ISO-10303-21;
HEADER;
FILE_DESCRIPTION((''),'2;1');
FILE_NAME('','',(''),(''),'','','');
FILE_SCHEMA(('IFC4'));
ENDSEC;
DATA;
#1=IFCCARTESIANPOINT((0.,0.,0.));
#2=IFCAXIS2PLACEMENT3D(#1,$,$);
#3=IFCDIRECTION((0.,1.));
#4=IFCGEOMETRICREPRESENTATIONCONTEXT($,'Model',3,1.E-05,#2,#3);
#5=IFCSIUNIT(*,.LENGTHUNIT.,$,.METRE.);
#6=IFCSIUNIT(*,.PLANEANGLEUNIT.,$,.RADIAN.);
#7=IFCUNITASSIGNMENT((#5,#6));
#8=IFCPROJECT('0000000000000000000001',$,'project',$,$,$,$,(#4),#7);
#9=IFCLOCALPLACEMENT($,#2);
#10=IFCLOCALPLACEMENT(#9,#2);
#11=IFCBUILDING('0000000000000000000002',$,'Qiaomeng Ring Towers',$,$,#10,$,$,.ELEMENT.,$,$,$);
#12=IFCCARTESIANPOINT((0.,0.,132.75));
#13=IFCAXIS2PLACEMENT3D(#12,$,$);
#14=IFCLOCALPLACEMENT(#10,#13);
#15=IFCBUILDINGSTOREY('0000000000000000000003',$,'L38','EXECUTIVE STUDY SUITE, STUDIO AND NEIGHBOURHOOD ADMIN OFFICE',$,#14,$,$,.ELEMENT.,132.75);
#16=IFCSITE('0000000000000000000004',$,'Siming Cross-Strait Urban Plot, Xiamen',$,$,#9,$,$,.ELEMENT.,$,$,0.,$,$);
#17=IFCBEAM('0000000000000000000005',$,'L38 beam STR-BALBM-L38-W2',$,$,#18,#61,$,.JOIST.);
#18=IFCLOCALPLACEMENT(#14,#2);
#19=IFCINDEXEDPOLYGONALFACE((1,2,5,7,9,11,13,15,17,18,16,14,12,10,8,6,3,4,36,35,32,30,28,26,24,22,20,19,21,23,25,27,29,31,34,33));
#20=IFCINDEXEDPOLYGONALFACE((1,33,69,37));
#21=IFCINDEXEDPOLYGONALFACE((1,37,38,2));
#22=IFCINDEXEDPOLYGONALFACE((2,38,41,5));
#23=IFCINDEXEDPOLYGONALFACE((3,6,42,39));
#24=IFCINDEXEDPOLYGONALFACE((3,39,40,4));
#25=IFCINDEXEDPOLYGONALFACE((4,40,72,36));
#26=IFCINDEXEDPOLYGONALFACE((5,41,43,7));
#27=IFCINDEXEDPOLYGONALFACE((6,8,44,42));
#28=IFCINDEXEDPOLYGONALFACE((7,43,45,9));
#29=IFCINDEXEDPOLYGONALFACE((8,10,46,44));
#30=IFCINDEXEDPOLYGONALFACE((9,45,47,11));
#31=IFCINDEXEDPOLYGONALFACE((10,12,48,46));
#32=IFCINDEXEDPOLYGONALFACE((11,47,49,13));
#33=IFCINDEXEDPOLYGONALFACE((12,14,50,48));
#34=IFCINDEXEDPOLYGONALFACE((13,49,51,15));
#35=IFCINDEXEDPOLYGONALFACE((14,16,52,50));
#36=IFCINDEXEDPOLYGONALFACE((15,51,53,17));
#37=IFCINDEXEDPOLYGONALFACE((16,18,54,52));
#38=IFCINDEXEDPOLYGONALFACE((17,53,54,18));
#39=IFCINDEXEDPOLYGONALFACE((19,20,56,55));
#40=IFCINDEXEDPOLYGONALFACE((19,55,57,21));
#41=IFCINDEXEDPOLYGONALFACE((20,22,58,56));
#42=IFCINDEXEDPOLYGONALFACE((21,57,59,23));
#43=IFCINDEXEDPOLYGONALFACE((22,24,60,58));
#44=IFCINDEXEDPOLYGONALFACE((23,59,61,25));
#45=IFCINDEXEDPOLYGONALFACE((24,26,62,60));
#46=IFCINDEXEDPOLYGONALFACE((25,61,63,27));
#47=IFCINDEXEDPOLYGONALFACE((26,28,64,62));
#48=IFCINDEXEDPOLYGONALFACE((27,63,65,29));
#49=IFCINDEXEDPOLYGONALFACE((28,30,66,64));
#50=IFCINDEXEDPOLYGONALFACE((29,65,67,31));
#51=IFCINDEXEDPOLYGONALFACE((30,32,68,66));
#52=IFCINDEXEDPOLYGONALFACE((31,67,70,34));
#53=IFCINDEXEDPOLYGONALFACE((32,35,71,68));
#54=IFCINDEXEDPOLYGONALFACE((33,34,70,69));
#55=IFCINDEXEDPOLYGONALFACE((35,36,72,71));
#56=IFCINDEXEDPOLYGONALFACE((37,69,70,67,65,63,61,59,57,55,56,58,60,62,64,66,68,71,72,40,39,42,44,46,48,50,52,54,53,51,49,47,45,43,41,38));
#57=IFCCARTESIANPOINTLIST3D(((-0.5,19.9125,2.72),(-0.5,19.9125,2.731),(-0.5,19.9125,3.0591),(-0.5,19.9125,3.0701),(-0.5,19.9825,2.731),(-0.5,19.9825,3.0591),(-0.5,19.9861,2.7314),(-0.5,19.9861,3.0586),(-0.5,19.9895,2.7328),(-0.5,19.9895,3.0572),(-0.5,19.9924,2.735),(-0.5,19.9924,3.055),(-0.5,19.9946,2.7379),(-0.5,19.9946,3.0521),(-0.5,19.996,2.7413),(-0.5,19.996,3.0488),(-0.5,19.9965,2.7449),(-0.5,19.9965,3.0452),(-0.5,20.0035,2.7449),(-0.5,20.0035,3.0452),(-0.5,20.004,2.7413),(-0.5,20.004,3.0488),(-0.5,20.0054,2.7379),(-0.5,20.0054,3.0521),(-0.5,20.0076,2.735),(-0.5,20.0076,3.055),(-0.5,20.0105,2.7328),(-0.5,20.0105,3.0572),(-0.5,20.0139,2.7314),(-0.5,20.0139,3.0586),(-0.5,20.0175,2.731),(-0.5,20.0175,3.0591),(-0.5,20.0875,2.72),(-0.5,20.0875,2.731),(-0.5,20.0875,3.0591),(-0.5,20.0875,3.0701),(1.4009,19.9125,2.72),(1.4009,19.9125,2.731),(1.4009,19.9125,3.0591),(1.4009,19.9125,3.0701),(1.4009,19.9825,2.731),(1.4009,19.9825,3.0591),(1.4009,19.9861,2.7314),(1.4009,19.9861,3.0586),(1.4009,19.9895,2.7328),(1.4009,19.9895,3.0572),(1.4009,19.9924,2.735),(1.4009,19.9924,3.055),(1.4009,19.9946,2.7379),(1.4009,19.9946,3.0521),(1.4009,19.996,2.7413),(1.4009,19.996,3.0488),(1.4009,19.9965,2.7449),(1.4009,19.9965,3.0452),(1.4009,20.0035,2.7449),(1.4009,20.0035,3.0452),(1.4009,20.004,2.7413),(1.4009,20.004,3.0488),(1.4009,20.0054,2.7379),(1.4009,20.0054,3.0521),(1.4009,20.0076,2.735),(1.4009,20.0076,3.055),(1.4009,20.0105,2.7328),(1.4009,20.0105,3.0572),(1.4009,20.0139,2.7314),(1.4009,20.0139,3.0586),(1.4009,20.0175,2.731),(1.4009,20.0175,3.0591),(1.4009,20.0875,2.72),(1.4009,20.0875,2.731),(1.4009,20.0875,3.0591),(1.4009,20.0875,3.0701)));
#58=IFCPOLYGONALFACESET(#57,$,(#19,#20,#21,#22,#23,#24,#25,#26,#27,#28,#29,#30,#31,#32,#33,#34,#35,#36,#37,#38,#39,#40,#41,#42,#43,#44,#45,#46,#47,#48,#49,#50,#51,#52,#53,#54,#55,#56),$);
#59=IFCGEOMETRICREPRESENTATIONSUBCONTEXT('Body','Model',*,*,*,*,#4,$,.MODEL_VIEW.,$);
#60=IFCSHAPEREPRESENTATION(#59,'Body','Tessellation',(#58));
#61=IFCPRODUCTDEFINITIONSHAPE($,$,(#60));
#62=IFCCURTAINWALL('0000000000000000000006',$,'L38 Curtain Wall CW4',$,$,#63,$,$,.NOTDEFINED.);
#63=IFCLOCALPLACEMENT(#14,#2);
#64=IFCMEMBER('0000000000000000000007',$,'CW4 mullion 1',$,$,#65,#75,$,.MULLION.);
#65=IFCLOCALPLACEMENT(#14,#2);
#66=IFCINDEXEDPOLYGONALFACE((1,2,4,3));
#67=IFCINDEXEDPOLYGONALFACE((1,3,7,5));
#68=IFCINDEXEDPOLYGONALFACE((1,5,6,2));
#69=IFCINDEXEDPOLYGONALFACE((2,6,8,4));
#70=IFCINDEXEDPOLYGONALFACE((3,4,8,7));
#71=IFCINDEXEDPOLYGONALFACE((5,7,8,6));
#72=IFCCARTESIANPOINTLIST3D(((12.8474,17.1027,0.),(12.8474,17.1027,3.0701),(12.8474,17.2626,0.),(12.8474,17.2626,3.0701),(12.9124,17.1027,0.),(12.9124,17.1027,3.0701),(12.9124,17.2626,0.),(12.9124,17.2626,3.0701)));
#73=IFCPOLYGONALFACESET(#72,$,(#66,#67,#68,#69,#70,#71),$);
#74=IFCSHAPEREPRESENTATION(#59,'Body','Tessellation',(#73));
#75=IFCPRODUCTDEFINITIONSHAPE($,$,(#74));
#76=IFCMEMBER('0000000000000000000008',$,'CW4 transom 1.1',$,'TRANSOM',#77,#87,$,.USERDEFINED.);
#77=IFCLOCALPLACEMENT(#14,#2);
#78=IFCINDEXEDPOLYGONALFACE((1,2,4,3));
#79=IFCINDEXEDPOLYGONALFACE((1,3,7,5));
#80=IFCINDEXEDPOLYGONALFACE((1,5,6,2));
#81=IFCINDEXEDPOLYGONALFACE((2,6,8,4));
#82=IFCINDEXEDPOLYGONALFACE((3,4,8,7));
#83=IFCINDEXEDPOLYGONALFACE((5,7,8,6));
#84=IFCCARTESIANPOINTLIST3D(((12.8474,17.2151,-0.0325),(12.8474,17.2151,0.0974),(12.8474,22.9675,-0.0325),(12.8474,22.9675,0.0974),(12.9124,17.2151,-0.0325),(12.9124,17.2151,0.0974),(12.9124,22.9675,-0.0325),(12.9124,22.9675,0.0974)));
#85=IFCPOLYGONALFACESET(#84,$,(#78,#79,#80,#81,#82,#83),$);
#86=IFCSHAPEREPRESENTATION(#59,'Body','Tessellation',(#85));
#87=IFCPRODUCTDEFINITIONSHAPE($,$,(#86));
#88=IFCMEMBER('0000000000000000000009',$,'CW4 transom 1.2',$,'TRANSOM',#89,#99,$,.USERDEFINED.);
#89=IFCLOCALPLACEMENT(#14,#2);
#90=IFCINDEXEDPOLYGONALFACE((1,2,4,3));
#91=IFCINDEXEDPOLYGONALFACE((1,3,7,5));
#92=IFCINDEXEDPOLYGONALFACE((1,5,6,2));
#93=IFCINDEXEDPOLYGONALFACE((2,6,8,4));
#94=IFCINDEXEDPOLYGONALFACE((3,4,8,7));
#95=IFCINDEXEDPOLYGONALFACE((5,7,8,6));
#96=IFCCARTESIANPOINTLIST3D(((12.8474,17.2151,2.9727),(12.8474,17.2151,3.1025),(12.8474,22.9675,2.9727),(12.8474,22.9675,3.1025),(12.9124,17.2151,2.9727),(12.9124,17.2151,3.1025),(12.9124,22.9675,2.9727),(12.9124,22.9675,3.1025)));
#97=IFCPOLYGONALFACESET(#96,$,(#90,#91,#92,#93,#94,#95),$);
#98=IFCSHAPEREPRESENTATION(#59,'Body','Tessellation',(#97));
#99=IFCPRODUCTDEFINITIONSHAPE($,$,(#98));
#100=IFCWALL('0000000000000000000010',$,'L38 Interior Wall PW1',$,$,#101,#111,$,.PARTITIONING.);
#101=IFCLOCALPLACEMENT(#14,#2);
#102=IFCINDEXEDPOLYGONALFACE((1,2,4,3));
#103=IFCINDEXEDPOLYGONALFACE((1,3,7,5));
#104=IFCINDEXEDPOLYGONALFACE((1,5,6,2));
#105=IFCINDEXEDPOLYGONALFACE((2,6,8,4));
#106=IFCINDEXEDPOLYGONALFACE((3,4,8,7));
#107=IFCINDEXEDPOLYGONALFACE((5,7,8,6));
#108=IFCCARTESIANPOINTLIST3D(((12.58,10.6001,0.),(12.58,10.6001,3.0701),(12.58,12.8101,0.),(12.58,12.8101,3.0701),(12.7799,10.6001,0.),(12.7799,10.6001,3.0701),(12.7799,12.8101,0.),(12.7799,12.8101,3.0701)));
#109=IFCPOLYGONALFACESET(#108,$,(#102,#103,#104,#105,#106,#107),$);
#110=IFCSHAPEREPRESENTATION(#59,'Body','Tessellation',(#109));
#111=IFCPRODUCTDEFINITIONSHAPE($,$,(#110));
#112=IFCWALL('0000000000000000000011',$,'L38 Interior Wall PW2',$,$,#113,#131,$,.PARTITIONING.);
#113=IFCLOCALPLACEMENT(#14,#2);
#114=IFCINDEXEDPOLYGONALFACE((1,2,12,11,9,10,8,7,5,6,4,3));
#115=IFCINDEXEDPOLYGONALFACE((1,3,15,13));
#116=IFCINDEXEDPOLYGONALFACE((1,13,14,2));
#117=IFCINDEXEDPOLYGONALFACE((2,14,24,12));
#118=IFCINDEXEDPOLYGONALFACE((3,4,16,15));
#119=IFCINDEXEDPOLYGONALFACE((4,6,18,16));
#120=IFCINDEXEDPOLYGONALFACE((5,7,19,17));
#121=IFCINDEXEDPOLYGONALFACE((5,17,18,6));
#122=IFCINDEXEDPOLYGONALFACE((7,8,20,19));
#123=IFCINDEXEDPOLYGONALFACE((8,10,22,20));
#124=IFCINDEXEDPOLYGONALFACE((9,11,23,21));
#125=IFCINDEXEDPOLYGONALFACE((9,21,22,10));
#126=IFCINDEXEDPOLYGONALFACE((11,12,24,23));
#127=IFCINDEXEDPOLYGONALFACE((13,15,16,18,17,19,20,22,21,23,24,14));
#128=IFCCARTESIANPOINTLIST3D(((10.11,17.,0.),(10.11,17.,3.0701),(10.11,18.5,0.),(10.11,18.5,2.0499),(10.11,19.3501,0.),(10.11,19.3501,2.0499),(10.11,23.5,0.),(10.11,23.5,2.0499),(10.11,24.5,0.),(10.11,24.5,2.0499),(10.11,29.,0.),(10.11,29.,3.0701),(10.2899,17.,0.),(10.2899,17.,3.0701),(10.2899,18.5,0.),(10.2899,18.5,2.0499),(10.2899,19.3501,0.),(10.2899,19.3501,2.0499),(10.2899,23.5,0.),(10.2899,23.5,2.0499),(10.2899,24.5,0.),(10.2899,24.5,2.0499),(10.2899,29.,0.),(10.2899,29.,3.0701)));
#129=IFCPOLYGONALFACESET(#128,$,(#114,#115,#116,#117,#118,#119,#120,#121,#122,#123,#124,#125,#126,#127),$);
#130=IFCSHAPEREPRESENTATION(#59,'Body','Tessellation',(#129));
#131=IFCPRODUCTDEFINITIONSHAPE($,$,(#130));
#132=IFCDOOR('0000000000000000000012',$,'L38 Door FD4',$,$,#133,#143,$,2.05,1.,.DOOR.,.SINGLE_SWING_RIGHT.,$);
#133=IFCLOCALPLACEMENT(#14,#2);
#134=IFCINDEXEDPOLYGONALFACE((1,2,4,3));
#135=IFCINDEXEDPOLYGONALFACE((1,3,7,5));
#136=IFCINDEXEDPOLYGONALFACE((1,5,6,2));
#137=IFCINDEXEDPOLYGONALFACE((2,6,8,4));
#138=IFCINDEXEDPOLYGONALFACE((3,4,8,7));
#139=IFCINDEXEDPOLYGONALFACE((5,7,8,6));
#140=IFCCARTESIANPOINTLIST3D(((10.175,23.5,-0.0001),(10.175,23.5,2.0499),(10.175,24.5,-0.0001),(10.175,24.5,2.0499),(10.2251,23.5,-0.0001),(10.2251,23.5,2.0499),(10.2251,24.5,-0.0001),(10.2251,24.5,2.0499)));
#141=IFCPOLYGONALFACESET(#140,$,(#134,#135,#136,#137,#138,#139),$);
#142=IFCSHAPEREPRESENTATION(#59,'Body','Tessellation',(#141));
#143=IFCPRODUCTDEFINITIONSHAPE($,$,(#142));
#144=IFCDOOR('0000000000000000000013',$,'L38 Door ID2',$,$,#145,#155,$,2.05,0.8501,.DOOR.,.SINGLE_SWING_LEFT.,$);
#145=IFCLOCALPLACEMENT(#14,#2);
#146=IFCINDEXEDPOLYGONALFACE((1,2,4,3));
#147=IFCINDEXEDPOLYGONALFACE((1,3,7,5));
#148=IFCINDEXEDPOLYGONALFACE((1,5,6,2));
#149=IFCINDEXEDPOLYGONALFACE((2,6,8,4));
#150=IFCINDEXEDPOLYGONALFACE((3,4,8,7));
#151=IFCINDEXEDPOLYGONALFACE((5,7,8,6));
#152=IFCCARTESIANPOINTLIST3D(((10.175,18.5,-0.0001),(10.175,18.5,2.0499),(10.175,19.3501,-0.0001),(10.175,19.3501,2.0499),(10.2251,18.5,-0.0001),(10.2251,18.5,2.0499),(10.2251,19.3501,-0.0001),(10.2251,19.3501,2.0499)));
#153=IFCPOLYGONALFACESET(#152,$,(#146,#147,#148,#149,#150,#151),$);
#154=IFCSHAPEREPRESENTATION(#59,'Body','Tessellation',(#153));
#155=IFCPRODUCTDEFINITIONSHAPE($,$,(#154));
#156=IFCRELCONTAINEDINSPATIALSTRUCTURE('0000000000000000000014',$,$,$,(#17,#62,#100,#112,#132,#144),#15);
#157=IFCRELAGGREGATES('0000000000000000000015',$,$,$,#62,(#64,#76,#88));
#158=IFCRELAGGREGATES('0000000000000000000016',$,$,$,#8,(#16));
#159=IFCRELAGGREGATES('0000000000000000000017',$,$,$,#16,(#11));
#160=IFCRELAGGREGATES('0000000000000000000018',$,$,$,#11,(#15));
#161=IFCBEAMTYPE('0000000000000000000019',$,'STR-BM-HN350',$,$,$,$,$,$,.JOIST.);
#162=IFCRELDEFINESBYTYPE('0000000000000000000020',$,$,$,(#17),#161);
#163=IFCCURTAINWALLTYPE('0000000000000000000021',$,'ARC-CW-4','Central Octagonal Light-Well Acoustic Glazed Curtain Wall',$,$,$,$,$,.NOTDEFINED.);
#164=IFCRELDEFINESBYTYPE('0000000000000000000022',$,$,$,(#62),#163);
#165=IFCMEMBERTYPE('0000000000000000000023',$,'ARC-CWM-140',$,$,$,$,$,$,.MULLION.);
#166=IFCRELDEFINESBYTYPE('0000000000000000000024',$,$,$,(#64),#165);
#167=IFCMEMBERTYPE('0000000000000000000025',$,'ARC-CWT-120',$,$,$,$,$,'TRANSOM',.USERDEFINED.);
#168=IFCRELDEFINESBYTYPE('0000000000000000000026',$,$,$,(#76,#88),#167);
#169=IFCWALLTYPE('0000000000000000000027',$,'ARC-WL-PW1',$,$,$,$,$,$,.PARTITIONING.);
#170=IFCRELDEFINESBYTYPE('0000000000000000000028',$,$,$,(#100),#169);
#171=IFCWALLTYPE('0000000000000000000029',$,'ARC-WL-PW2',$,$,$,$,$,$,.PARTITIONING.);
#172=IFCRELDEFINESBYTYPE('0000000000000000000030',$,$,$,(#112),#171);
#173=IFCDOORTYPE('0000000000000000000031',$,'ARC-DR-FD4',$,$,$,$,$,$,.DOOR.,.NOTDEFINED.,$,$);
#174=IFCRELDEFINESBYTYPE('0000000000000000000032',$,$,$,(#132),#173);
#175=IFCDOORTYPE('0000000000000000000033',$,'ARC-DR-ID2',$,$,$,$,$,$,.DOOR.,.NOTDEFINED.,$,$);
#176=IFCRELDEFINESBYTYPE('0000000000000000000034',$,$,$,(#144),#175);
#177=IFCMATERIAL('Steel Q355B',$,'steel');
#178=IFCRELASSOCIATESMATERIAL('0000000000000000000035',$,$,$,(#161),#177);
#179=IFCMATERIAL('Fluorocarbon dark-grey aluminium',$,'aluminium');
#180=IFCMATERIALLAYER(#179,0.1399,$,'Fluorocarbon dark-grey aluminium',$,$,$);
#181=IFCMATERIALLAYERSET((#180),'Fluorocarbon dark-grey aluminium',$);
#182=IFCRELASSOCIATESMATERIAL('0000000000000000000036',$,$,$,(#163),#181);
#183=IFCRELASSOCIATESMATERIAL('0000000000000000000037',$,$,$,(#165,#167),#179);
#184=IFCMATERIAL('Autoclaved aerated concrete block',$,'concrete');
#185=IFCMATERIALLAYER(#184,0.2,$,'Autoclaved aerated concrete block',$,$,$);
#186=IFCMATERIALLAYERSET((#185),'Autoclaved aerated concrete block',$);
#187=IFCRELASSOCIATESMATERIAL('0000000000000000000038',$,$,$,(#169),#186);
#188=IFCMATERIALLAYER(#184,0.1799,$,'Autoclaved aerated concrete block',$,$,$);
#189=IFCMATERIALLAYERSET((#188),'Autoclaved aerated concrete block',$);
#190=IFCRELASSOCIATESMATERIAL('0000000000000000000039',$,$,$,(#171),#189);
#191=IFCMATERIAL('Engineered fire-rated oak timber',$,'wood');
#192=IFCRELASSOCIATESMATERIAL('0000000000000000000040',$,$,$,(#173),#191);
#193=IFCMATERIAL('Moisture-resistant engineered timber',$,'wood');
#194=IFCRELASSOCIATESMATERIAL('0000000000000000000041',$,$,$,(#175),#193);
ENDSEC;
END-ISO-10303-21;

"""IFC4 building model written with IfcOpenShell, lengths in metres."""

from ifc_helpers import new_model, si_unit, direction, frame, frame_2d, origin, origin_2d, place, context, subcontext, project, spatial, rectangle, i_section, extrude, source, transform, mapped, material, layer, layer_set, material_profile, profile_set, type_object, element, fill, aggregate, save


model = new_model("IFC4")

# Units and contexts
model_context = context("Model", 3, precision=1e-05, world=origin(), true_north=direction((0.0, 1.0)))
body_context = subcontext(model_context, "Body", "Model", "MODEL_VIEW")
ifc_project = project(units=[si_unit("LENGTHUNIT", "METRE"), si_unit("PLANEANGLEUNIT", "RADIAN")], contexts=[model_context])

# Site, building, storey
site_placement = place(None, origin())
site = spatial("IfcSite", under=ifc_project, at=site_placement, Name="Siming Cross-Strait Urban Plot, Xiamen", CompositionType="ELEMENT", RefElevation=0.0)
building_placement = place(site_placement, origin())
building = spatial("IfcBuilding", under=site, at=building_placement, Name="Qiaomeng Ring Towers", CompositionType="ELEMENT")
storey_placement = place(building_placement, frame((0.0, 0.0, 132.75)))
storey = spatial("IfcBuildingStorey", under=building, at=storey_placement, Name="L38", Description="EXECUTIVE STUDY SUITE, STUDIO AND NEIGHBOURHOOD ADMIN OFFICE", CompositionType="ELEMENT", Elevation=132.75)

# Beam
ifc_material_1 = material(Name="Steel Q355B", Category="steel")
ifc_material_profile_1 = material_profile(ifc_material_1, i_section(OverallWidth=0.175, OverallDepth=0.3501, WebThickness=0.0071, FlangeThickness=0.011, FilletRadius=0.0139, at=origin_2d()), Name="HN 350x175x7x11")
ifc_profile_set_1 = profile_set([ifc_material_profile_1], Name="Steel Q355B")
beam_type_1 = type_object("IfcBeamType", Name="STR-BM-HN350", PredefinedType="JOIST", material=ifc_profile_set_1)
shared_shape_1 = source(origin(), body_context, "Body", "SweptSolid", [
    extrude(i_section(OverallWidth=0.175, OverallDepth=0.3501, WebThickness=0.0071, FlangeThickness=0.011, FilletRadius=0.0139, at=origin_2d()), origin(), (0.0, 0.0, 1.0), 1.9009),
])
beam_1_placement = place(storey_placement, frame((-0.5, 20.0, 2.895), z_axis=(1.0, 0.0, 0.0), x_axis=(0.0, 1.0, 0.0)))
element("IfcBeam", 1, at=beam_1_placement, inside=storey, type_object=beam_type_1, Name="L38 beam STR-BALBM-L38-W2", PredefinedType="JOIST", context=body_context, shape_type="MappedRepresentation", body=[
    mapped(shared_shape_1, transform((0.0, 0.0, 0.0), x_axis=(1.0, 0.0, 0.0), y_axis=(0.0, 1.0, 0.0), z_axis=(0.0, 0.0, 1.0), scale=1.0)),
])

# Curtain wall, members
ifc_material_2 = material(Name="Fluorocarbon dark-grey aluminium", Category="aluminium")
ifc_layer_1 = layer(ifc_material_2, 0.1399, Name="Fluorocarbon dark-grey aluminium")
ifc_layer_set_1 = layer_set([ifc_layer_1], Name="Fluorocarbon dark-grey aluminium")
curtain_wall_type = type_object("IfcCurtainWallType", Name="ARC-CW-4", Description="Central Octagonal Light-Well Acoustic Glazed Curtain Wall", PredefinedType="NOTDEFINED", material=ifc_layer_set_1)
curtain_wall_placement = place(storey_placement, origin())
curtain_wall = element("IfcCurtainWall", 2, at=curtain_wall_placement, inside=storey, type_object=curtain_wall_type, Name="L38 Curtain Wall CW4", PredefinedType="NOTDEFINED")
ifc_material_profile_2 = material_profile(ifc_material_2, rectangle(XDim=0.0649, YDim=0.1599, at=origin_2d()), Name="ALU MULL 65x160")
ifc_profile_set_2 = profile_set([ifc_material_profile_2], Name="Fluorocarbon dark-grey aluminium")
member_type_1 = type_object("IfcMemberType", Name="ARC-CWM-140", PredefinedType="MULLION", material=ifc_profile_set_2)
shared_shape_2 = source(origin(), body_context, "Body", "SweptSolid", [
    extrude(rectangle(XDim=0.0649, YDim=0.1599, at=origin_2d()), origin(), (0.0, 0.0, 1.0), 3.0701),
])
member_1_placement = place(storey_placement, frame((12.8799, 17.1826, 0.0), z_axis=(0.0, 0.0, 1.0), x_axis=(-1.0, 0.0, 0.0)))
member_1 = element("IfcMember", 3, at=member_1_placement, type_object=member_type_1, Name="CW4 mullion 1", PredefinedType="MULLION", context=body_context, shape_type="MappedRepresentation", body=[
    mapped(shared_shape_2, transform((0.0, 0.0, 0.0), x_axis=(1.0, 0.0, 0.0), y_axis=(0.0, 1.0, 0.0), z_axis=(0.0, 0.0, 1.0), scale=1.0)),
])
ifc_material_profile_3 = material_profile(ifc_material_2, rectangle(XDim=0.0649, YDim=0.1299, at=origin_2d()), Name="ALU TRAN 65x130")
ifc_profile_set_3 = profile_set([ifc_material_profile_3], Name="Fluorocarbon dark-grey aluminium")
member_type_2 = type_object("IfcMemberType", Name="ARC-CWT-120", ElementType="TRANSOM", PredefinedType="USERDEFINED", material=ifc_profile_set_3)
shared_shape_3 = source(origin(), body_context, "Body", "SweptSolid", [
    extrude(rectangle(XDim=0.0649, YDim=0.1299, at=origin_2d()), origin(), (0.0, 0.0, 1.0), 5.7524),
])
member_2_placement = place(storey_placement, frame((12.8799, 17.2151, 0.0325), z_axis=(0.0, 1.0, 0.0), x_axis=(-1.0, 0.0, 0.0)))
member_2 = element("IfcMember", 4, at=member_2_placement, type_object=member_type_2, Name="CW4 transom 1.1", ObjectType="TRANSOM", PredefinedType="USERDEFINED", context=body_context, shape_type="MappedRepresentation", body=[
    mapped(shared_shape_3, transform((0.0, 0.0, 0.0), x_axis=(1.0, 0.0, 0.0), y_axis=(0.0, 1.0, 0.0), z_axis=(0.0, 0.0, 1.0), scale=1.0)),
])
member_3_placement = place(storey_placement, frame((12.8799, 17.2151, 3.0376), z_axis=(0.0, 1.0, 0.0), x_axis=(-1.0, 0.0, 0.0)))
member_3 = element("IfcMember", 5, at=member_3_placement, type_object=member_type_2, Name="CW4 transom 1.2", ObjectType="TRANSOM", PredefinedType="USERDEFINED", context=body_context, shape_type="MappedRepresentation", body=[
    mapped(shared_shape_3, transform((0.0, 0.0, 0.0), x_axis=(1.0, 0.0, 0.0), y_axis=(0.0, 1.0, 0.0), z_axis=(0.0, 0.0, 1.0), scale=1.0)),
])
aggregate(curtain_wall, [member_1, member_2, member_3])

# Wall
ifc_material_3 = material(Name="Autoclaved aerated concrete block", Category="concrete")
ifc_layer_2 = layer(ifc_material_3, 0.2, Name="Autoclaved aerated concrete block")
ifc_layer_set_2 = layer_set([ifc_layer_2], Name="Autoclaved aerated concrete block")
wall_type_1 = type_object("IfcWallType", Name="ARC-WL-PW1", PredefinedType="PARTITIONING", material=ifc_layer_set_2)
wall_1_placement = place(storey_placement, frame((12.6799, 10.6001, 0.0), z_axis=(0.0, 0.0, 1.0), x_axis=(0.0, 1.0, 0.0)))
element("IfcWall", 6, at=wall_1_placement, inside=storey, type_object=wall_type_1, Name="L38 Interior Wall PW1", PredefinedType="PARTITIONING", context=body_context, shape_type="SweptSolid", body=[
    extrude(rectangle(XDim=2.21, YDim=0.2, at=frame_2d((1.105, 0.0))), origin(), (0.0, 0.0, 1.0), 3.0701),
])

# Wall, openings, doors
ifc_layer_3 = layer(ifc_material_3, 0.1799, Name="Autoclaved aerated concrete block")
ifc_layer_set_3 = layer_set([ifc_layer_3], Name="Autoclaved aerated concrete block")
wall_type_2 = type_object("IfcWallType", Name="ARC-WL-PW2", PredefinedType="PARTITIONING", material=ifc_layer_set_3)
wall_2_placement = place(storey_placement, frame((10.2, 17.0, 0.0), z_axis=(0.0, 0.0, 1.0), x_axis=(0.0, 1.0, 0.0)))
wall_2 = element("IfcWall", 7, at=wall_2_placement, inside=storey, type_object=wall_type_2, Name="L38 Interior Wall PW2", PredefinedType="PARTITIONING", context=body_context, shape_type="SweptSolid", body=[
    extrude(rectangle(XDim=12.0, YDim=0.1799, at=frame_2d((6.0, 0.0))), origin(), (0.0, 0.0, 1.0), 3.0701),
])
opening_1_placement = place(wall_2_placement, frame((1.5, 0.0, 0.0)))
opening_1 = element("IfcOpeningElement", 8, at=opening_1_placement, cuts=wall_2, PredefinedType="OPENING", context=body_context, shape_type="SweptSolid", body=[
    extrude(rectangle(XDim=0.8501, YDim=2.05, at=frame_2d((0.425, 1.0249))), frame((0.0, 0.0999, 0.0), z_axis=(0.0, -1.0, 0.0), x_axis=(1.0, 0.0, 0.0)), (0.0, 0.0, 1.0), 0.2),
])
opening_2_placement = place(wall_2_placement, frame((6.5, 0.0, 0.0)))
opening_2 = element("IfcOpeningElement", 9, at=opening_2_placement, cuts=wall_2, PredefinedType="OPENING", context=body_context, shape_type="SweptSolid", body=[
    extrude(rectangle(XDim=1.0, YDim=2.05, at=frame_2d((0.5, 1.0249))), frame((0.0, 0.0999, 0.0), z_axis=(0.0, -1.0, 0.0), x_axis=(1.0, 0.0, 0.0)), (0.0, 0.0, 1.0), 0.2),
])
ifc_material_4 = material(Name="Engineered fire-rated oak timber", Category="wood")
door_type_1 = type_object("IfcDoorType", Name="ARC-DR-FD4", OperationType="NOTDEFINED", PredefinedType="DOOR", material=ifc_material_4)
shared_shape_4 = source(origin(), body_context, "Body", "SweptSolid", [
    extrude(rectangle(XDim=1.0, YDim=2.05, at=frame_2d((0.5, 1.0249))), frame((0.0, 0.0249, 0.0), z_axis=(0.0, -1.0, 0.0), x_axis=(1.0, 0.0, 0.0)), (0.0, 0.0, 1.0), 0.05),
])
door_1_placement = place(opening_2_placement, origin())
door_1 = element("IfcDoor", 10, at=door_1_placement, inside=storey, type_object=door_type_1, Name="L38 Door FD4", OperationType="SINGLE_SWING_RIGHT", OverallHeight=2.05, OverallWidth=1.0, PredefinedType="DOOR", context=body_context, shape_type="MappedRepresentation", body=[
    mapped(shared_shape_4, transform((0.0, 0.0, 0.0), x_axis=(1.0, 0.0, 0.0), y_axis=(0.0, 1.0, 0.0), z_axis=(0.0, 0.0, 1.0), scale=1.0)),
])
fill(opening_2, door_1)
ifc_material_5 = material(Name="Moisture-resistant engineered timber", Category="wood")
door_type_2 = type_object("IfcDoorType", Name="ARC-DR-ID2", OperationType="NOTDEFINED", PredefinedType="DOOR", material=ifc_material_5)
shared_shape_5 = source(origin(), body_context, "Body", "SweptSolid", [
    extrude(rectangle(XDim=0.8501, YDim=2.05, at=frame_2d((0.425, 1.0249))), frame((0.0, 0.0249, 0.0), z_axis=(0.0, -1.0, 0.0), x_axis=(1.0, 0.0, 0.0)), (0.0, 0.0, 1.0), 0.05),
])
door_2_placement = place(opening_1_placement, origin())
door_2 = element("IfcDoor", 11, at=door_2_placement, inside=storey, type_object=door_type_2, Name="L38 Door ID2", OperationType="SINGLE_SWING_LEFT", OverallHeight=2.05, OverallWidth=0.8501, PredefinedType="DOOR", context=body_context, shape_type="MappedRepresentation", body=[
    mapped(shared_shape_5, transform((0.0, 0.0, 0.0), x_axis=(1.0, 0.0, 0.0), y_axis=(0.0, 1.0, 0.0), z_axis=(0.0, 0.0, 1.0), scale=1.0)),
])
fill(opening_1, door_2)

save(model, "model.ifc")
